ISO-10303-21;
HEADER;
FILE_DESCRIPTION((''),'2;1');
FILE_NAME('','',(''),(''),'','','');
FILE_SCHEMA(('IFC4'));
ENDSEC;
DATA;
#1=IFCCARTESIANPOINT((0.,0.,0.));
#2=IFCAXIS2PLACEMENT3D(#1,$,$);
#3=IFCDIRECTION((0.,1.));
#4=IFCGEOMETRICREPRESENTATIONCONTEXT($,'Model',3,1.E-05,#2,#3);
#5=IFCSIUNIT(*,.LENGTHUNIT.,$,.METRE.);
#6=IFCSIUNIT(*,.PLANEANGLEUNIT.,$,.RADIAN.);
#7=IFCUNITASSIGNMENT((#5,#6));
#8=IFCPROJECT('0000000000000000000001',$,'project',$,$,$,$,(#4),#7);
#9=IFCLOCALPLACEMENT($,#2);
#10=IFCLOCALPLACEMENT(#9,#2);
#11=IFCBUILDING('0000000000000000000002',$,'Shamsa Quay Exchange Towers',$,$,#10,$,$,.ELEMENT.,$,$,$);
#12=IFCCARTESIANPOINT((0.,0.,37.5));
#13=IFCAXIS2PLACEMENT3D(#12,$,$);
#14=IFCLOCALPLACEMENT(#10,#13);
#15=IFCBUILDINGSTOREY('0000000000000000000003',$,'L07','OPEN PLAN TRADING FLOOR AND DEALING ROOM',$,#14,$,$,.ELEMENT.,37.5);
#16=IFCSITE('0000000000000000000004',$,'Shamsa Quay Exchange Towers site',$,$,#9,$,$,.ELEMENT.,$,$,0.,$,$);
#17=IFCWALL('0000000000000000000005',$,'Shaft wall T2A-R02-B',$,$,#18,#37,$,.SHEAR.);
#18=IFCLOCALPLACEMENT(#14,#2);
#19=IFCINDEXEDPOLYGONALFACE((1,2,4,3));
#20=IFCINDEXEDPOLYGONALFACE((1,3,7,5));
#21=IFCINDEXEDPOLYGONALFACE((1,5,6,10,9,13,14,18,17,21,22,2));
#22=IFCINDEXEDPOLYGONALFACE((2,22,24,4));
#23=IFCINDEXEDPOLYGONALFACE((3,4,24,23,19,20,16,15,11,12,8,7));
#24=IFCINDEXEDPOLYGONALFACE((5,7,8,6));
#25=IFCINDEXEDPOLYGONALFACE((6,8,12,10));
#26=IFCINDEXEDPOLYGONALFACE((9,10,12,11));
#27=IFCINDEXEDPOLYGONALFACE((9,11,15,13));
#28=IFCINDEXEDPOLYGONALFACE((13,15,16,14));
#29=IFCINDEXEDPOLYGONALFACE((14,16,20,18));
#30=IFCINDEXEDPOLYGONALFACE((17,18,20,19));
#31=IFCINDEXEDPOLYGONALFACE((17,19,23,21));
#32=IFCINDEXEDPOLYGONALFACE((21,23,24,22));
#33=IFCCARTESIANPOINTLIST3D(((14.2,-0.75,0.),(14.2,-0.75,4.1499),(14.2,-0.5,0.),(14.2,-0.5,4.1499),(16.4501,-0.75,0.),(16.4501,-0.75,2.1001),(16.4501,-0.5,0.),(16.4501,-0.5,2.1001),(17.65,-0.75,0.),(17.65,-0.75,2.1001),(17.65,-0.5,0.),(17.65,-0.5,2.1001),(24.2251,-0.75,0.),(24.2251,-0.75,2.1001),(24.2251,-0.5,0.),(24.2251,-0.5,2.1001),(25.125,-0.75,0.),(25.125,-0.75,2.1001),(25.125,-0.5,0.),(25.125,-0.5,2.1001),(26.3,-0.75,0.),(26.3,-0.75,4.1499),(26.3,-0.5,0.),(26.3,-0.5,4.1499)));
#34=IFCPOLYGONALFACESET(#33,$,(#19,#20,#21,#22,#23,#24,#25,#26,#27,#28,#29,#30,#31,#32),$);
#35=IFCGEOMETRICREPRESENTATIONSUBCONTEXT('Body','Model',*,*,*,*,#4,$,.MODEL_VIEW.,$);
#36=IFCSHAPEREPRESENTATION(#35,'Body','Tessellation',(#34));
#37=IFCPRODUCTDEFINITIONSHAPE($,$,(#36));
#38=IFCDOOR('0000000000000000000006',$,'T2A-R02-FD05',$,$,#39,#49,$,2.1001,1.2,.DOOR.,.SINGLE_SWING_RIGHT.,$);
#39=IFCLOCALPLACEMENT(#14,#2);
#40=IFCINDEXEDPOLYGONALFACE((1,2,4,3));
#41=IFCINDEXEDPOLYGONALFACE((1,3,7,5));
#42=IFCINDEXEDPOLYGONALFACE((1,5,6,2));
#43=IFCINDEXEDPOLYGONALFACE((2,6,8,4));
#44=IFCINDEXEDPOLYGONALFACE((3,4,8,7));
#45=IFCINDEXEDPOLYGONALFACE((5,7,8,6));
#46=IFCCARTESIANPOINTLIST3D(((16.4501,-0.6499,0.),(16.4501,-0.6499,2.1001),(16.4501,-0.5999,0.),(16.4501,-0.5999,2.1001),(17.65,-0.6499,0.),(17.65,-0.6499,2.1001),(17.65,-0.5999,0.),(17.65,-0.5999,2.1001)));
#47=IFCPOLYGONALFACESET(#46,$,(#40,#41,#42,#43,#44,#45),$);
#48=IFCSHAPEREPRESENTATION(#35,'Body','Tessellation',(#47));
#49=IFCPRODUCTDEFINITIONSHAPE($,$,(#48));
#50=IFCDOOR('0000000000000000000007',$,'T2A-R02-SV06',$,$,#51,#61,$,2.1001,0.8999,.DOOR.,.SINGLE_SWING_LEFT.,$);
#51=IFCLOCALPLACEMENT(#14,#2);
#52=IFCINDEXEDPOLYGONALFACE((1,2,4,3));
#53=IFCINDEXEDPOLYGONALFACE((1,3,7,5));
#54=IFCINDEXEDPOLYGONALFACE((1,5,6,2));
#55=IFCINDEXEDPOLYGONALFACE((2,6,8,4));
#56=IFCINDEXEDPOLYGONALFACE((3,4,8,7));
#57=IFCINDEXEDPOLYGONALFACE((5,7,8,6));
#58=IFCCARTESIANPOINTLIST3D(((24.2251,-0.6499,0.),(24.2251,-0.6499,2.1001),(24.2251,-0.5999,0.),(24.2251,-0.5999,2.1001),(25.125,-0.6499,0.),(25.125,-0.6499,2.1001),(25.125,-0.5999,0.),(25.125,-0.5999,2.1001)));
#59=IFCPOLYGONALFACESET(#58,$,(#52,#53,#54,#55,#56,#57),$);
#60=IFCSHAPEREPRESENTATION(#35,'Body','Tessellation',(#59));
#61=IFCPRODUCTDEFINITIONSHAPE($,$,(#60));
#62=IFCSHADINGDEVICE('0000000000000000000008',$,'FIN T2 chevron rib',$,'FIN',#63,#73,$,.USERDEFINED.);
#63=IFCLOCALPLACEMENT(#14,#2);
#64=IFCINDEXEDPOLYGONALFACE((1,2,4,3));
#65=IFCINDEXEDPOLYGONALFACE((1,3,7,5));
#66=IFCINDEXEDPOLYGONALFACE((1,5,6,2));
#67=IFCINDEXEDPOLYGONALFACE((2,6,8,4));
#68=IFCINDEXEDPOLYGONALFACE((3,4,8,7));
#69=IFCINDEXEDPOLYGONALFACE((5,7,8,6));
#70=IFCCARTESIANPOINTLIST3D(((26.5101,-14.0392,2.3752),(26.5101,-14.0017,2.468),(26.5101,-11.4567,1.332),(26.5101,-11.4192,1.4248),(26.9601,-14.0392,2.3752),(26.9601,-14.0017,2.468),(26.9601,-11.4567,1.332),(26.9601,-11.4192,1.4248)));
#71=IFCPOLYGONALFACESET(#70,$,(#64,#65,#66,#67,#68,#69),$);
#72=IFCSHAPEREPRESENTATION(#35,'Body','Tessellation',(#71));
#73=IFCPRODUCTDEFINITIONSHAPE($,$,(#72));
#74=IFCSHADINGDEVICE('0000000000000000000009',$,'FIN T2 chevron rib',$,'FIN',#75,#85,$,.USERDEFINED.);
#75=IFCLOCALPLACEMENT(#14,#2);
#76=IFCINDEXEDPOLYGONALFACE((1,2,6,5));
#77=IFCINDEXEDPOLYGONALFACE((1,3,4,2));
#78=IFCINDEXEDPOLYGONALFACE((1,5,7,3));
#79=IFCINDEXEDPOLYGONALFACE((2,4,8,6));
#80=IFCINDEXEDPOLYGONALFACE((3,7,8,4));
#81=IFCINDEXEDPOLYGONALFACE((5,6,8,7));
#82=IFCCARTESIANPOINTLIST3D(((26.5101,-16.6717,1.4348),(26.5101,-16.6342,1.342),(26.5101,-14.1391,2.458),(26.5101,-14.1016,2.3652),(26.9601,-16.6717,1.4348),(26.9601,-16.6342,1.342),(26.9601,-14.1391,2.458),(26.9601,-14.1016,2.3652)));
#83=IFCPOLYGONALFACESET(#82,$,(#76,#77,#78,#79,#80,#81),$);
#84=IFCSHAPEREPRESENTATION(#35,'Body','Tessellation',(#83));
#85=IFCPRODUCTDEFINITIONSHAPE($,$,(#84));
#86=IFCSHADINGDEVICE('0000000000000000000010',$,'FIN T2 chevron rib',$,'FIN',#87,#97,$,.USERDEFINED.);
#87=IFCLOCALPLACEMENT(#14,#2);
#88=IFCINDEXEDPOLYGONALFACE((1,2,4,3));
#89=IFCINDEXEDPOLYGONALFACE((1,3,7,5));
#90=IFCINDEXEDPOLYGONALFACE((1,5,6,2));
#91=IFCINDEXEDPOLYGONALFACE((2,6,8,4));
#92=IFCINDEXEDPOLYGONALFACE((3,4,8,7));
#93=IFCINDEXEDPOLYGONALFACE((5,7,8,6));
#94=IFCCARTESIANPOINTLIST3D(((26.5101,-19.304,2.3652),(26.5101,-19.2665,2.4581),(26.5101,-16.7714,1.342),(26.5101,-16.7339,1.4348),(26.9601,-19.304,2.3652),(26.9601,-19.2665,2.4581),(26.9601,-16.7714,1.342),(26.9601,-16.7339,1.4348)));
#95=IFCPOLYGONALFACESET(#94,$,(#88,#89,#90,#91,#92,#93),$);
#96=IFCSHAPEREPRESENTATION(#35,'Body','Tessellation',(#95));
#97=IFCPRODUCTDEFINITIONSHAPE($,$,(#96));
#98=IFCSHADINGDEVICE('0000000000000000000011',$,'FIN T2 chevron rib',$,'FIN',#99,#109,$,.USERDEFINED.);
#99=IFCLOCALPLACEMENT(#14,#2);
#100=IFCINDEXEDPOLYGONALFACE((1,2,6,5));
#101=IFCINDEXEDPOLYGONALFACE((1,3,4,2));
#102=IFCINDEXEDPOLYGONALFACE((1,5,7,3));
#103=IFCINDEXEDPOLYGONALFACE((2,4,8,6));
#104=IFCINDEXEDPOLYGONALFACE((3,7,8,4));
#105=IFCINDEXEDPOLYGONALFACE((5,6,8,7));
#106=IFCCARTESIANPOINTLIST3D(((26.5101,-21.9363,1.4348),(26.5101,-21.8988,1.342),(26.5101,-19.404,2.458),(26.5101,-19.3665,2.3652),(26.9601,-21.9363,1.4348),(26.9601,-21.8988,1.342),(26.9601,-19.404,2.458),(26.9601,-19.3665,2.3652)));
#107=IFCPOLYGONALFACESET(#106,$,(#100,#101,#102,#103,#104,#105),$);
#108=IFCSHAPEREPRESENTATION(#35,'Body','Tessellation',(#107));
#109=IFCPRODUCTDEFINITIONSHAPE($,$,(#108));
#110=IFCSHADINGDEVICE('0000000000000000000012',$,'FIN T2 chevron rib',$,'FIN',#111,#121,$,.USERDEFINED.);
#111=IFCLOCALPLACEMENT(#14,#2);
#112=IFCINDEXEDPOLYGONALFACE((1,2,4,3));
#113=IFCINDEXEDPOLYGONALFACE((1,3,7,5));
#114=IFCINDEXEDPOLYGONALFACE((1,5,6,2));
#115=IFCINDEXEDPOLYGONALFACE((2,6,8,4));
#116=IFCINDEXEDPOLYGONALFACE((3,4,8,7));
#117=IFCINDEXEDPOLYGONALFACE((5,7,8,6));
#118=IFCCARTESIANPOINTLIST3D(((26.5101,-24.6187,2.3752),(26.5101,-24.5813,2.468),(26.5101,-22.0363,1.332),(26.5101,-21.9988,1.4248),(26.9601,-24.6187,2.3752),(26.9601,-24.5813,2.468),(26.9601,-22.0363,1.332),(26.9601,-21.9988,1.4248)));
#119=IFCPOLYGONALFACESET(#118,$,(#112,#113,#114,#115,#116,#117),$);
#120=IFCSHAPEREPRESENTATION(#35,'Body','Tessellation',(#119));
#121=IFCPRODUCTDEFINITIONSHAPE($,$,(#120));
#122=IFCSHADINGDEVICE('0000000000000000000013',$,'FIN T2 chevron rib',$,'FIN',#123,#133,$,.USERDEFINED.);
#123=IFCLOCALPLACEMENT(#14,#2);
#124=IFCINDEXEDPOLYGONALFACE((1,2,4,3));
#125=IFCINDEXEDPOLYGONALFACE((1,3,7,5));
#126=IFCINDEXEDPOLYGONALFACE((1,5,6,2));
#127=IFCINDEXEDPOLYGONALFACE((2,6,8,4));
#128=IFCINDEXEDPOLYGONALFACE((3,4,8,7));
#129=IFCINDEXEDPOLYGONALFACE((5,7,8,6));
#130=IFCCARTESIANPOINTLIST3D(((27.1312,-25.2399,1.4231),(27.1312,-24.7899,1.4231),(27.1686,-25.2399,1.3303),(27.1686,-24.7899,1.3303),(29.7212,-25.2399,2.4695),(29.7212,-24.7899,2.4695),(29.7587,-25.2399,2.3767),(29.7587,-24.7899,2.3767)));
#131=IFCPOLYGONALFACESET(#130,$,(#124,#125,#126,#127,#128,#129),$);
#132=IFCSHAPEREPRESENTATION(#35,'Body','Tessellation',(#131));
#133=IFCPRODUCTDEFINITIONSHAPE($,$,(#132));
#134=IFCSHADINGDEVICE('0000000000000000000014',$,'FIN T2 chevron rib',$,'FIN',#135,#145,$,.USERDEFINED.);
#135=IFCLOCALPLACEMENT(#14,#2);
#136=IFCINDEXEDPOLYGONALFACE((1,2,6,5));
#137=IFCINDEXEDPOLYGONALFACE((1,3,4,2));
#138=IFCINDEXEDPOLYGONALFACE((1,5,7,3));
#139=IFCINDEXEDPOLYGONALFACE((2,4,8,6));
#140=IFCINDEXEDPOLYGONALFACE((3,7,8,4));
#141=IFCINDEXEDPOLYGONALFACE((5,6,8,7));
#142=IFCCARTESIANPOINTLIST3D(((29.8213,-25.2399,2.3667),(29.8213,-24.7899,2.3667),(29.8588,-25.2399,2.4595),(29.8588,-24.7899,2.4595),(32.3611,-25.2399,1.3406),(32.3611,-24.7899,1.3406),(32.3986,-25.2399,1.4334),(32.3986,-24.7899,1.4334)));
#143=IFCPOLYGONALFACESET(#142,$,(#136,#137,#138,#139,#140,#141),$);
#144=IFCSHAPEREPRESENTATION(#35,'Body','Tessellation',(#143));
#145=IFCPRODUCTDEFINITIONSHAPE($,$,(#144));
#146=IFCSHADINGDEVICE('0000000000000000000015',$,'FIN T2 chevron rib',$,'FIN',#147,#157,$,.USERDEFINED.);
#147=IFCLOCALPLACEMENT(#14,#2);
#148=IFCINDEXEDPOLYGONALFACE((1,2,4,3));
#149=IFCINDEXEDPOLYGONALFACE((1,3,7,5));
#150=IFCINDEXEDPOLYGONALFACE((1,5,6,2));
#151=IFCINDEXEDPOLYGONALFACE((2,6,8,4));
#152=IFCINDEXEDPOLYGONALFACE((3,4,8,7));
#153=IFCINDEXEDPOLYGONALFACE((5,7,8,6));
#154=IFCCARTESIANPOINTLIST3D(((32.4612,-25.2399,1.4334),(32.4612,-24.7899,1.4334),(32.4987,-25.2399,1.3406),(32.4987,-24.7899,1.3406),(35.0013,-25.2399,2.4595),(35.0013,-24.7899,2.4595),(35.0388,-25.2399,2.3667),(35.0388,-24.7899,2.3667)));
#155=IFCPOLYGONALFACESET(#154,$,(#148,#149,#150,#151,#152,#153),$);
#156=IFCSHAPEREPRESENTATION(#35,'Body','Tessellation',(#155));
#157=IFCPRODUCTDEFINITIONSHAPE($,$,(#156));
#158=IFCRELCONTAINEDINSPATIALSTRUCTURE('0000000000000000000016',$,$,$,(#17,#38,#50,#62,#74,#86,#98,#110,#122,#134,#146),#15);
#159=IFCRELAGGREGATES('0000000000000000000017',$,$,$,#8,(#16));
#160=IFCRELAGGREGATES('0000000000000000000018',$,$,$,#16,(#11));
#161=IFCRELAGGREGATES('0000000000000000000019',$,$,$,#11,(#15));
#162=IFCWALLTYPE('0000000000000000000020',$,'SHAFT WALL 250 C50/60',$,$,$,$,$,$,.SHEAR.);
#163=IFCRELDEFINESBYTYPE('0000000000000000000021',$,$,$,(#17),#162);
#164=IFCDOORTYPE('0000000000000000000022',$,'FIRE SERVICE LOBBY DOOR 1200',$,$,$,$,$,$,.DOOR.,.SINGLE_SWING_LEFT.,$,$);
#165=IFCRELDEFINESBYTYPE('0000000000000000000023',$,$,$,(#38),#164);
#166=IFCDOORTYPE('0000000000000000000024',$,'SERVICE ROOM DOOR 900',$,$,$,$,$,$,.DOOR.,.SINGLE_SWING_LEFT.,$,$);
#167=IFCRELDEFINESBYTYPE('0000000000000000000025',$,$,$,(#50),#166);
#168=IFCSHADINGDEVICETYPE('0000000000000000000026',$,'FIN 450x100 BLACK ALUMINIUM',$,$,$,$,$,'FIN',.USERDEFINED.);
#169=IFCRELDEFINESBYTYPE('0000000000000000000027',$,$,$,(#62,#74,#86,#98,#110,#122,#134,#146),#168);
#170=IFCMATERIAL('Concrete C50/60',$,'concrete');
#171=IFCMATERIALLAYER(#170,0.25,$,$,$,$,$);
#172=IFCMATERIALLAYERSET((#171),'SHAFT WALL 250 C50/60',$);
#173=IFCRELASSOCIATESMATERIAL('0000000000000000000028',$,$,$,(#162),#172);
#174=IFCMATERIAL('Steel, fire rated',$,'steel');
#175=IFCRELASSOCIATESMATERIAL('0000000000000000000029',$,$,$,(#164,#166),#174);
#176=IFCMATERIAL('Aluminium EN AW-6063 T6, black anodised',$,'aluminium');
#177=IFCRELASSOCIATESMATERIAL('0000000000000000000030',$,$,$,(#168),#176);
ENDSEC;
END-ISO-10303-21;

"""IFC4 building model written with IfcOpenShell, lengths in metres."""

from ifc_helpers import new_model, si_unit, direction, frame, frame_2d, origin, origin_2d, place, context, subcontext, project, spatial, rectangle, extrude, material, layer, layer_set, material_profile, profile_set, type_object, element, fill, save


model = new_model("IFC4")

# Units and contexts
model_context = context("Model", 3, precision=1e-05, world=origin(), true_north=direction((0.0, 1.0)))
body_context = subcontext(model_context, "Body", "Model", "MODEL_VIEW")
ifc_project = project(units=[si_unit("LENGTHUNIT", "METRE"), si_unit("PLANEANGLEUNIT", "RADIAN")], contexts=[model_context])

# Site, building, storey
site_placement = place(None, origin())
site = spatial("IfcSite", under=ifc_project, at=site_placement, Name="Shamsa Quay Exchange Towers site", CompositionType="ELEMENT", RefElevation=0.0)
building_placement = place(site_placement, origin())
building = spatial("IfcBuilding", under=site, at=building_placement, Name="Shamsa Quay Exchange Towers", CompositionType="ELEMENT")
storey_placement = place(building_placement, frame((0.0, 0.0, 37.5)))
storey = spatial("IfcBuildingStorey", under=building, at=storey_placement, Name="L07", Description="OPEN PLAN TRADING FLOOR AND DEALING ROOM", CompositionType="ELEMENT", Elevation=37.5)

# Shared definitions
ifc_material_1 = material(Name="Aluminium EN AW-6063 T6, black anodised", Category="aluminium")

# Shared definitions
ifc_material_2 = material(Name="Concrete C50/60", Category="concrete")
ifc_layer_1 = layer(ifc_material_2, 0.25)
ifc_layer_set_1 = layer_set([ifc_layer_1], Name="SHAFT WALL 250 C50/60")
wall_type_1 = type_object("IfcWallType", Name="SHAFT WALL 250 C50/60", PredefinedType="SHEAR", material=ifc_layer_set_1)
ifc_material_3 = material(Name="Steel, fire rated", Category="steel")

# Wall, openings, doors
wall_1_placement = place(storey_placement, frame((26.3, -0.625, 0.0), z_axis=(0.0, 0.0, 1.0), x_axis=(-1.0, 0.0, 0.0)))
wall_1 = element("IfcWall", 1, at=wall_1_placement, inside=storey, type_object=wall_type_1, Name="Shaft wall T2A-R02-B", PredefinedType="SHEAR", context=body_context, shape_type="SweptSolid", body=[
    extrude(rectangle(XDim=12.1001, YDim=0.25, at=frame_2d((6.05, 0.0))), origin(), (0.0, 0.0, 1.0), 4.1499),
])
opening_1_placement = place(wall_1_placement, frame((8.6499, 0.0, 0.0)))
opening_1 = element("IfcOpeningElement", 2, at=opening_1_placement, cuts=wall_1, PredefinedType="OPENING", context=body_context, shape_type="SweptSolid", body=[
    extrude(rectangle(XDim=1.2, YDim=2.1001, at=frame_2d((0.6001, 1.05))), frame((0.0, 0.135, 0.0), z_axis=(0.0, -1.0, 0.0), x_axis=(1.0, 0.0, 0.0)), (0.0, 0.0, 1.0), 0.27),
])
opening_2_placement = place(wall_1_placement, frame((1.175, 0.0, 0.0)))
opening_2 = element("IfcOpeningElement", 3, at=opening_2_placement, cuts=wall_1, PredefinedType="OPENING", context=body_context, shape_type="SweptSolid", body=[
    extrude(rectangle(XDim=0.8999, YDim=2.1001, at=frame_2d((0.45, 1.05))), frame((0.0, 0.135, 0.0), z_axis=(0.0, -1.0, 0.0), x_axis=(1.0, 0.0, 0.0)), (0.0, 0.0, 1.0), 0.27),
])
door_type_1 = type_object("IfcDoorType", Name="FIRE SERVICE LOBBY DOOR 1200", OperationType="SINGLE_SWING_LEFT", PredefinedType="DOOR", material=ifc_material_3)
door_1_placement = place(opening_1_placement, origin())
door_1 = element("IfcDoor", 4, at=door_1_placement, inside=storey, type_object=door_type_1, Name="T2A-R02-FD05", OperationType="SINGLE_SWING_RIGHT", OverallHeight=2.1001, OverallWidth=1.2, PredefinedType="DOOR", context=body_context, shape_type="SweptSolid", body=[
    extrude(rectangle(XDim=1.2, YDim=2.1001, at=frame_2d((0.6001, 1.05))), frame((0.0, 0.0249, 0.0), z_axis=(0.0, -1.0, 0.0), x_axis=(1.0, 0.0, 0.0)), (0.0, 0.0, 1.0), 0.05),
])
fill(opening_1, door_1)
door_type_2 = type_object("IfcDoorType", Name="SERVICE ROOM DOOR 900", OperationType="SINGLE_SWING_LEFT", PredefinedType="DOOR", material=ifc_material_3)
door_2_placement = place(opening_2_placement, origin())
door_2 = element("IfcDoor", 5, at=door_2_placement, inside=storey, type_object=door_type_2, Name="T2A-R02-SV06", OperationType="SINGLE_SWING_LEFT", OverallHeight=2.1001, OverallWidth=0.8999, PredefinedType="DOOR", context=body_context, shape_type="SweptSolid", body=[
    extrude(rectangle(XDim=0.8999, YDim=2.1001, at=frame_2d((0.45, 1.05))), frame((0.0, 0.0249, 0.0), z_axis=(0.0, -1.0, 0.0), x_axis=(1.0, 0.0, 0.0)), (0.0, 0.0, 1.0), 0.05),
])
fill(opening_2, door_2)

# Shading devices
ifc_material_profile_1 = material_profile(ifc_material_1, rectangle(XDim=0.45, YDim=0.1001, at=origin_2d()), Name="FIN450x100")
ifc_profile_set_1 = profile_set([ifc_material_profile_1], Name="Aluminium EN AW-6063 T6, black anodised")
shading_device_type = type_object("IfcShadingDeviceType", Name="FIN 450x100 BLACK ALUMINIUM", ElementType="FIN", PredefinedType="USERDEFINED", material=ifc_profile_set_1)
shading_device_1_placement = place(storey_placement, frame((26.7351, -11.438, 1.3784), z_axis=(0.0, -0.927208, 0.374547), x_axis=(1.0, 0.0, 0.0)))
element("IfcShadingDevice", 6, at=shading_device_1_placement, inside=storey, type_object=shading_device_type, Name="FIN T2 chevron rib", ObjectType="FIN", PredefinedType="USERDEFINED", context=body_context, shape_type="SweptSolid", body=[
    extrude(rectangle(XDim=0.45, YDim=0.1001, at=origin_2d()), origin(), (0.0, 0.0, 1.0), 2.7852),
])
for number, where, z_axis, x_axis, name in (
    (7, (26.7351, -14.1204, 2.4116), (0.0, -0.927183, -0.374609), (1.0, 0.0, 0.0), "FIN T2 chevron rib"),
    (8, (26.7351, -16.7527, 1.3884), (0.0, -0.927183, 0.374609), (1.0, 0.0, 0.0), "FIN T2 chevron rib"),
):
    element("IfcShadingDevice", number, at=place(storey_placement, frame(where, z_axis=z_axis, x_axis=x_axis)), inside=storey, type_object=shading_device_type, Name=name, ObjectType="FIN", PredefinedType="USERDEFINED", context=body_context, shape_type="SweptSolid", body=[
        extrude(rectangle(XDim=0.45, YDim=0.1001, at=origin_2d()), origin(), (0.0, 0.0, 1.0), 2.7314),
    ])
shading_device_2_placement = place(storey_placement, frame((26.7351, -19.3853, 2.4116), z_axis=(0.0, -0.92717, -0.37464), x_axis=(1.0, 0.0, 0.0)))
element("IfcShadingDevice", 9, at=shading_device_2_placement, inside=storey, type_object=shading_device_type, Name="FIN T2 chevron rib", ObjectType="FIN", PredefinedType="USERDEFINED", context=body_context, shape_type="SweptSolid", body=[
    extrude(rectangle(XDim=0.45, YDim=0.1001, at=origin_2d()), origin(), (0.0, 0.0, 1.0), 2.7312),
])
shading_device_3_placement = place(storey_placement, frame((26.7351, -22.0176, 1.3784), z_axis=(0.0, -0.927208, 0.374547), x_axis=(1.0, 0.0, 0.0)))
element("IfcShadingDevice", 10, at=shading_device_3_placement, inside=storey, type_object=shading_device_type, Name="FIN T2 chevron rib", ObjectType="FIN", PredefinedType="USERDEFINED", context=body_context, shape_type="SweptSolid", body=[
    extrude(rectangle(XDim=0.45, YDim=0.1001, at=origin_2d()), origin(), (0.0, 0.0, 1.0), 2.7852),
])
shading_device_4_placement = place(storey_placement, frame((27.1499, -25.0149, 1.3767), z_axis=(0.927193, 0.0, 0.374583), x_axis=(0.0, 1.0, 0.0)))
element("IfcShadingDevice", 11, at=shading_device_4_placement, inside=storey, type_object=shading_device_type, Name="FIN T2 chevron rib", ObjectType="FIN", PredefinedType="USERDEFINED", context=body_context, shape_type="SweptSolid", body=[
    extrude(rectangle(XDim=0.45, YDim=0.1001, at=origin_2d()), origin(), (0.0, 0.0, 1.0), 2.7935),
])
shading_device_5_placement = place(storey_placement, frame((29.8401, -25.0149, 2.4131), z_axis=(0.927186, 0.0, -0.3746), x_axis=(0.0, 1.0, 0.0)))
element("IfcShadingDevice", 12, at=shading_device_5_placement, inside=storey, type_object=shading_device_type, Name="FIN T2 chevron rib", ObjectType="FIN", PredefinedType="USERDEFINED", context=body_context, shape_type="SweptSolid", body=[
    extrude(rectangle(XDim=0.45, YDim=0.1001, at=origin_2d()), origin(), (0.0, 0.0, 1.0), 2.7393),
])
shading_device_6_placement = place(storey_placement, frame((32.48, -25.0149, 1.387), z_axis=(0.927199, 0.0, 0.374569), x_axis=(0.0, 1.0, 0.0)))
element("IfcShadingDevice", 13, at=shading_device_6_placement, inside=storey, type_object=shading_device_type, Name="FIN T2 chevron rib", ObjectType="FIN", PredefinedType="USERDEFINED", context=body_context, shape_type="SweptSolid", body=[
    extrude(rectangle(XDim=0.45, YDim=0.1001, at=origin_2d()), origin(), (0.0, 0.0, 1.0), 2.7395),
])

save(model, "model.ifc")
